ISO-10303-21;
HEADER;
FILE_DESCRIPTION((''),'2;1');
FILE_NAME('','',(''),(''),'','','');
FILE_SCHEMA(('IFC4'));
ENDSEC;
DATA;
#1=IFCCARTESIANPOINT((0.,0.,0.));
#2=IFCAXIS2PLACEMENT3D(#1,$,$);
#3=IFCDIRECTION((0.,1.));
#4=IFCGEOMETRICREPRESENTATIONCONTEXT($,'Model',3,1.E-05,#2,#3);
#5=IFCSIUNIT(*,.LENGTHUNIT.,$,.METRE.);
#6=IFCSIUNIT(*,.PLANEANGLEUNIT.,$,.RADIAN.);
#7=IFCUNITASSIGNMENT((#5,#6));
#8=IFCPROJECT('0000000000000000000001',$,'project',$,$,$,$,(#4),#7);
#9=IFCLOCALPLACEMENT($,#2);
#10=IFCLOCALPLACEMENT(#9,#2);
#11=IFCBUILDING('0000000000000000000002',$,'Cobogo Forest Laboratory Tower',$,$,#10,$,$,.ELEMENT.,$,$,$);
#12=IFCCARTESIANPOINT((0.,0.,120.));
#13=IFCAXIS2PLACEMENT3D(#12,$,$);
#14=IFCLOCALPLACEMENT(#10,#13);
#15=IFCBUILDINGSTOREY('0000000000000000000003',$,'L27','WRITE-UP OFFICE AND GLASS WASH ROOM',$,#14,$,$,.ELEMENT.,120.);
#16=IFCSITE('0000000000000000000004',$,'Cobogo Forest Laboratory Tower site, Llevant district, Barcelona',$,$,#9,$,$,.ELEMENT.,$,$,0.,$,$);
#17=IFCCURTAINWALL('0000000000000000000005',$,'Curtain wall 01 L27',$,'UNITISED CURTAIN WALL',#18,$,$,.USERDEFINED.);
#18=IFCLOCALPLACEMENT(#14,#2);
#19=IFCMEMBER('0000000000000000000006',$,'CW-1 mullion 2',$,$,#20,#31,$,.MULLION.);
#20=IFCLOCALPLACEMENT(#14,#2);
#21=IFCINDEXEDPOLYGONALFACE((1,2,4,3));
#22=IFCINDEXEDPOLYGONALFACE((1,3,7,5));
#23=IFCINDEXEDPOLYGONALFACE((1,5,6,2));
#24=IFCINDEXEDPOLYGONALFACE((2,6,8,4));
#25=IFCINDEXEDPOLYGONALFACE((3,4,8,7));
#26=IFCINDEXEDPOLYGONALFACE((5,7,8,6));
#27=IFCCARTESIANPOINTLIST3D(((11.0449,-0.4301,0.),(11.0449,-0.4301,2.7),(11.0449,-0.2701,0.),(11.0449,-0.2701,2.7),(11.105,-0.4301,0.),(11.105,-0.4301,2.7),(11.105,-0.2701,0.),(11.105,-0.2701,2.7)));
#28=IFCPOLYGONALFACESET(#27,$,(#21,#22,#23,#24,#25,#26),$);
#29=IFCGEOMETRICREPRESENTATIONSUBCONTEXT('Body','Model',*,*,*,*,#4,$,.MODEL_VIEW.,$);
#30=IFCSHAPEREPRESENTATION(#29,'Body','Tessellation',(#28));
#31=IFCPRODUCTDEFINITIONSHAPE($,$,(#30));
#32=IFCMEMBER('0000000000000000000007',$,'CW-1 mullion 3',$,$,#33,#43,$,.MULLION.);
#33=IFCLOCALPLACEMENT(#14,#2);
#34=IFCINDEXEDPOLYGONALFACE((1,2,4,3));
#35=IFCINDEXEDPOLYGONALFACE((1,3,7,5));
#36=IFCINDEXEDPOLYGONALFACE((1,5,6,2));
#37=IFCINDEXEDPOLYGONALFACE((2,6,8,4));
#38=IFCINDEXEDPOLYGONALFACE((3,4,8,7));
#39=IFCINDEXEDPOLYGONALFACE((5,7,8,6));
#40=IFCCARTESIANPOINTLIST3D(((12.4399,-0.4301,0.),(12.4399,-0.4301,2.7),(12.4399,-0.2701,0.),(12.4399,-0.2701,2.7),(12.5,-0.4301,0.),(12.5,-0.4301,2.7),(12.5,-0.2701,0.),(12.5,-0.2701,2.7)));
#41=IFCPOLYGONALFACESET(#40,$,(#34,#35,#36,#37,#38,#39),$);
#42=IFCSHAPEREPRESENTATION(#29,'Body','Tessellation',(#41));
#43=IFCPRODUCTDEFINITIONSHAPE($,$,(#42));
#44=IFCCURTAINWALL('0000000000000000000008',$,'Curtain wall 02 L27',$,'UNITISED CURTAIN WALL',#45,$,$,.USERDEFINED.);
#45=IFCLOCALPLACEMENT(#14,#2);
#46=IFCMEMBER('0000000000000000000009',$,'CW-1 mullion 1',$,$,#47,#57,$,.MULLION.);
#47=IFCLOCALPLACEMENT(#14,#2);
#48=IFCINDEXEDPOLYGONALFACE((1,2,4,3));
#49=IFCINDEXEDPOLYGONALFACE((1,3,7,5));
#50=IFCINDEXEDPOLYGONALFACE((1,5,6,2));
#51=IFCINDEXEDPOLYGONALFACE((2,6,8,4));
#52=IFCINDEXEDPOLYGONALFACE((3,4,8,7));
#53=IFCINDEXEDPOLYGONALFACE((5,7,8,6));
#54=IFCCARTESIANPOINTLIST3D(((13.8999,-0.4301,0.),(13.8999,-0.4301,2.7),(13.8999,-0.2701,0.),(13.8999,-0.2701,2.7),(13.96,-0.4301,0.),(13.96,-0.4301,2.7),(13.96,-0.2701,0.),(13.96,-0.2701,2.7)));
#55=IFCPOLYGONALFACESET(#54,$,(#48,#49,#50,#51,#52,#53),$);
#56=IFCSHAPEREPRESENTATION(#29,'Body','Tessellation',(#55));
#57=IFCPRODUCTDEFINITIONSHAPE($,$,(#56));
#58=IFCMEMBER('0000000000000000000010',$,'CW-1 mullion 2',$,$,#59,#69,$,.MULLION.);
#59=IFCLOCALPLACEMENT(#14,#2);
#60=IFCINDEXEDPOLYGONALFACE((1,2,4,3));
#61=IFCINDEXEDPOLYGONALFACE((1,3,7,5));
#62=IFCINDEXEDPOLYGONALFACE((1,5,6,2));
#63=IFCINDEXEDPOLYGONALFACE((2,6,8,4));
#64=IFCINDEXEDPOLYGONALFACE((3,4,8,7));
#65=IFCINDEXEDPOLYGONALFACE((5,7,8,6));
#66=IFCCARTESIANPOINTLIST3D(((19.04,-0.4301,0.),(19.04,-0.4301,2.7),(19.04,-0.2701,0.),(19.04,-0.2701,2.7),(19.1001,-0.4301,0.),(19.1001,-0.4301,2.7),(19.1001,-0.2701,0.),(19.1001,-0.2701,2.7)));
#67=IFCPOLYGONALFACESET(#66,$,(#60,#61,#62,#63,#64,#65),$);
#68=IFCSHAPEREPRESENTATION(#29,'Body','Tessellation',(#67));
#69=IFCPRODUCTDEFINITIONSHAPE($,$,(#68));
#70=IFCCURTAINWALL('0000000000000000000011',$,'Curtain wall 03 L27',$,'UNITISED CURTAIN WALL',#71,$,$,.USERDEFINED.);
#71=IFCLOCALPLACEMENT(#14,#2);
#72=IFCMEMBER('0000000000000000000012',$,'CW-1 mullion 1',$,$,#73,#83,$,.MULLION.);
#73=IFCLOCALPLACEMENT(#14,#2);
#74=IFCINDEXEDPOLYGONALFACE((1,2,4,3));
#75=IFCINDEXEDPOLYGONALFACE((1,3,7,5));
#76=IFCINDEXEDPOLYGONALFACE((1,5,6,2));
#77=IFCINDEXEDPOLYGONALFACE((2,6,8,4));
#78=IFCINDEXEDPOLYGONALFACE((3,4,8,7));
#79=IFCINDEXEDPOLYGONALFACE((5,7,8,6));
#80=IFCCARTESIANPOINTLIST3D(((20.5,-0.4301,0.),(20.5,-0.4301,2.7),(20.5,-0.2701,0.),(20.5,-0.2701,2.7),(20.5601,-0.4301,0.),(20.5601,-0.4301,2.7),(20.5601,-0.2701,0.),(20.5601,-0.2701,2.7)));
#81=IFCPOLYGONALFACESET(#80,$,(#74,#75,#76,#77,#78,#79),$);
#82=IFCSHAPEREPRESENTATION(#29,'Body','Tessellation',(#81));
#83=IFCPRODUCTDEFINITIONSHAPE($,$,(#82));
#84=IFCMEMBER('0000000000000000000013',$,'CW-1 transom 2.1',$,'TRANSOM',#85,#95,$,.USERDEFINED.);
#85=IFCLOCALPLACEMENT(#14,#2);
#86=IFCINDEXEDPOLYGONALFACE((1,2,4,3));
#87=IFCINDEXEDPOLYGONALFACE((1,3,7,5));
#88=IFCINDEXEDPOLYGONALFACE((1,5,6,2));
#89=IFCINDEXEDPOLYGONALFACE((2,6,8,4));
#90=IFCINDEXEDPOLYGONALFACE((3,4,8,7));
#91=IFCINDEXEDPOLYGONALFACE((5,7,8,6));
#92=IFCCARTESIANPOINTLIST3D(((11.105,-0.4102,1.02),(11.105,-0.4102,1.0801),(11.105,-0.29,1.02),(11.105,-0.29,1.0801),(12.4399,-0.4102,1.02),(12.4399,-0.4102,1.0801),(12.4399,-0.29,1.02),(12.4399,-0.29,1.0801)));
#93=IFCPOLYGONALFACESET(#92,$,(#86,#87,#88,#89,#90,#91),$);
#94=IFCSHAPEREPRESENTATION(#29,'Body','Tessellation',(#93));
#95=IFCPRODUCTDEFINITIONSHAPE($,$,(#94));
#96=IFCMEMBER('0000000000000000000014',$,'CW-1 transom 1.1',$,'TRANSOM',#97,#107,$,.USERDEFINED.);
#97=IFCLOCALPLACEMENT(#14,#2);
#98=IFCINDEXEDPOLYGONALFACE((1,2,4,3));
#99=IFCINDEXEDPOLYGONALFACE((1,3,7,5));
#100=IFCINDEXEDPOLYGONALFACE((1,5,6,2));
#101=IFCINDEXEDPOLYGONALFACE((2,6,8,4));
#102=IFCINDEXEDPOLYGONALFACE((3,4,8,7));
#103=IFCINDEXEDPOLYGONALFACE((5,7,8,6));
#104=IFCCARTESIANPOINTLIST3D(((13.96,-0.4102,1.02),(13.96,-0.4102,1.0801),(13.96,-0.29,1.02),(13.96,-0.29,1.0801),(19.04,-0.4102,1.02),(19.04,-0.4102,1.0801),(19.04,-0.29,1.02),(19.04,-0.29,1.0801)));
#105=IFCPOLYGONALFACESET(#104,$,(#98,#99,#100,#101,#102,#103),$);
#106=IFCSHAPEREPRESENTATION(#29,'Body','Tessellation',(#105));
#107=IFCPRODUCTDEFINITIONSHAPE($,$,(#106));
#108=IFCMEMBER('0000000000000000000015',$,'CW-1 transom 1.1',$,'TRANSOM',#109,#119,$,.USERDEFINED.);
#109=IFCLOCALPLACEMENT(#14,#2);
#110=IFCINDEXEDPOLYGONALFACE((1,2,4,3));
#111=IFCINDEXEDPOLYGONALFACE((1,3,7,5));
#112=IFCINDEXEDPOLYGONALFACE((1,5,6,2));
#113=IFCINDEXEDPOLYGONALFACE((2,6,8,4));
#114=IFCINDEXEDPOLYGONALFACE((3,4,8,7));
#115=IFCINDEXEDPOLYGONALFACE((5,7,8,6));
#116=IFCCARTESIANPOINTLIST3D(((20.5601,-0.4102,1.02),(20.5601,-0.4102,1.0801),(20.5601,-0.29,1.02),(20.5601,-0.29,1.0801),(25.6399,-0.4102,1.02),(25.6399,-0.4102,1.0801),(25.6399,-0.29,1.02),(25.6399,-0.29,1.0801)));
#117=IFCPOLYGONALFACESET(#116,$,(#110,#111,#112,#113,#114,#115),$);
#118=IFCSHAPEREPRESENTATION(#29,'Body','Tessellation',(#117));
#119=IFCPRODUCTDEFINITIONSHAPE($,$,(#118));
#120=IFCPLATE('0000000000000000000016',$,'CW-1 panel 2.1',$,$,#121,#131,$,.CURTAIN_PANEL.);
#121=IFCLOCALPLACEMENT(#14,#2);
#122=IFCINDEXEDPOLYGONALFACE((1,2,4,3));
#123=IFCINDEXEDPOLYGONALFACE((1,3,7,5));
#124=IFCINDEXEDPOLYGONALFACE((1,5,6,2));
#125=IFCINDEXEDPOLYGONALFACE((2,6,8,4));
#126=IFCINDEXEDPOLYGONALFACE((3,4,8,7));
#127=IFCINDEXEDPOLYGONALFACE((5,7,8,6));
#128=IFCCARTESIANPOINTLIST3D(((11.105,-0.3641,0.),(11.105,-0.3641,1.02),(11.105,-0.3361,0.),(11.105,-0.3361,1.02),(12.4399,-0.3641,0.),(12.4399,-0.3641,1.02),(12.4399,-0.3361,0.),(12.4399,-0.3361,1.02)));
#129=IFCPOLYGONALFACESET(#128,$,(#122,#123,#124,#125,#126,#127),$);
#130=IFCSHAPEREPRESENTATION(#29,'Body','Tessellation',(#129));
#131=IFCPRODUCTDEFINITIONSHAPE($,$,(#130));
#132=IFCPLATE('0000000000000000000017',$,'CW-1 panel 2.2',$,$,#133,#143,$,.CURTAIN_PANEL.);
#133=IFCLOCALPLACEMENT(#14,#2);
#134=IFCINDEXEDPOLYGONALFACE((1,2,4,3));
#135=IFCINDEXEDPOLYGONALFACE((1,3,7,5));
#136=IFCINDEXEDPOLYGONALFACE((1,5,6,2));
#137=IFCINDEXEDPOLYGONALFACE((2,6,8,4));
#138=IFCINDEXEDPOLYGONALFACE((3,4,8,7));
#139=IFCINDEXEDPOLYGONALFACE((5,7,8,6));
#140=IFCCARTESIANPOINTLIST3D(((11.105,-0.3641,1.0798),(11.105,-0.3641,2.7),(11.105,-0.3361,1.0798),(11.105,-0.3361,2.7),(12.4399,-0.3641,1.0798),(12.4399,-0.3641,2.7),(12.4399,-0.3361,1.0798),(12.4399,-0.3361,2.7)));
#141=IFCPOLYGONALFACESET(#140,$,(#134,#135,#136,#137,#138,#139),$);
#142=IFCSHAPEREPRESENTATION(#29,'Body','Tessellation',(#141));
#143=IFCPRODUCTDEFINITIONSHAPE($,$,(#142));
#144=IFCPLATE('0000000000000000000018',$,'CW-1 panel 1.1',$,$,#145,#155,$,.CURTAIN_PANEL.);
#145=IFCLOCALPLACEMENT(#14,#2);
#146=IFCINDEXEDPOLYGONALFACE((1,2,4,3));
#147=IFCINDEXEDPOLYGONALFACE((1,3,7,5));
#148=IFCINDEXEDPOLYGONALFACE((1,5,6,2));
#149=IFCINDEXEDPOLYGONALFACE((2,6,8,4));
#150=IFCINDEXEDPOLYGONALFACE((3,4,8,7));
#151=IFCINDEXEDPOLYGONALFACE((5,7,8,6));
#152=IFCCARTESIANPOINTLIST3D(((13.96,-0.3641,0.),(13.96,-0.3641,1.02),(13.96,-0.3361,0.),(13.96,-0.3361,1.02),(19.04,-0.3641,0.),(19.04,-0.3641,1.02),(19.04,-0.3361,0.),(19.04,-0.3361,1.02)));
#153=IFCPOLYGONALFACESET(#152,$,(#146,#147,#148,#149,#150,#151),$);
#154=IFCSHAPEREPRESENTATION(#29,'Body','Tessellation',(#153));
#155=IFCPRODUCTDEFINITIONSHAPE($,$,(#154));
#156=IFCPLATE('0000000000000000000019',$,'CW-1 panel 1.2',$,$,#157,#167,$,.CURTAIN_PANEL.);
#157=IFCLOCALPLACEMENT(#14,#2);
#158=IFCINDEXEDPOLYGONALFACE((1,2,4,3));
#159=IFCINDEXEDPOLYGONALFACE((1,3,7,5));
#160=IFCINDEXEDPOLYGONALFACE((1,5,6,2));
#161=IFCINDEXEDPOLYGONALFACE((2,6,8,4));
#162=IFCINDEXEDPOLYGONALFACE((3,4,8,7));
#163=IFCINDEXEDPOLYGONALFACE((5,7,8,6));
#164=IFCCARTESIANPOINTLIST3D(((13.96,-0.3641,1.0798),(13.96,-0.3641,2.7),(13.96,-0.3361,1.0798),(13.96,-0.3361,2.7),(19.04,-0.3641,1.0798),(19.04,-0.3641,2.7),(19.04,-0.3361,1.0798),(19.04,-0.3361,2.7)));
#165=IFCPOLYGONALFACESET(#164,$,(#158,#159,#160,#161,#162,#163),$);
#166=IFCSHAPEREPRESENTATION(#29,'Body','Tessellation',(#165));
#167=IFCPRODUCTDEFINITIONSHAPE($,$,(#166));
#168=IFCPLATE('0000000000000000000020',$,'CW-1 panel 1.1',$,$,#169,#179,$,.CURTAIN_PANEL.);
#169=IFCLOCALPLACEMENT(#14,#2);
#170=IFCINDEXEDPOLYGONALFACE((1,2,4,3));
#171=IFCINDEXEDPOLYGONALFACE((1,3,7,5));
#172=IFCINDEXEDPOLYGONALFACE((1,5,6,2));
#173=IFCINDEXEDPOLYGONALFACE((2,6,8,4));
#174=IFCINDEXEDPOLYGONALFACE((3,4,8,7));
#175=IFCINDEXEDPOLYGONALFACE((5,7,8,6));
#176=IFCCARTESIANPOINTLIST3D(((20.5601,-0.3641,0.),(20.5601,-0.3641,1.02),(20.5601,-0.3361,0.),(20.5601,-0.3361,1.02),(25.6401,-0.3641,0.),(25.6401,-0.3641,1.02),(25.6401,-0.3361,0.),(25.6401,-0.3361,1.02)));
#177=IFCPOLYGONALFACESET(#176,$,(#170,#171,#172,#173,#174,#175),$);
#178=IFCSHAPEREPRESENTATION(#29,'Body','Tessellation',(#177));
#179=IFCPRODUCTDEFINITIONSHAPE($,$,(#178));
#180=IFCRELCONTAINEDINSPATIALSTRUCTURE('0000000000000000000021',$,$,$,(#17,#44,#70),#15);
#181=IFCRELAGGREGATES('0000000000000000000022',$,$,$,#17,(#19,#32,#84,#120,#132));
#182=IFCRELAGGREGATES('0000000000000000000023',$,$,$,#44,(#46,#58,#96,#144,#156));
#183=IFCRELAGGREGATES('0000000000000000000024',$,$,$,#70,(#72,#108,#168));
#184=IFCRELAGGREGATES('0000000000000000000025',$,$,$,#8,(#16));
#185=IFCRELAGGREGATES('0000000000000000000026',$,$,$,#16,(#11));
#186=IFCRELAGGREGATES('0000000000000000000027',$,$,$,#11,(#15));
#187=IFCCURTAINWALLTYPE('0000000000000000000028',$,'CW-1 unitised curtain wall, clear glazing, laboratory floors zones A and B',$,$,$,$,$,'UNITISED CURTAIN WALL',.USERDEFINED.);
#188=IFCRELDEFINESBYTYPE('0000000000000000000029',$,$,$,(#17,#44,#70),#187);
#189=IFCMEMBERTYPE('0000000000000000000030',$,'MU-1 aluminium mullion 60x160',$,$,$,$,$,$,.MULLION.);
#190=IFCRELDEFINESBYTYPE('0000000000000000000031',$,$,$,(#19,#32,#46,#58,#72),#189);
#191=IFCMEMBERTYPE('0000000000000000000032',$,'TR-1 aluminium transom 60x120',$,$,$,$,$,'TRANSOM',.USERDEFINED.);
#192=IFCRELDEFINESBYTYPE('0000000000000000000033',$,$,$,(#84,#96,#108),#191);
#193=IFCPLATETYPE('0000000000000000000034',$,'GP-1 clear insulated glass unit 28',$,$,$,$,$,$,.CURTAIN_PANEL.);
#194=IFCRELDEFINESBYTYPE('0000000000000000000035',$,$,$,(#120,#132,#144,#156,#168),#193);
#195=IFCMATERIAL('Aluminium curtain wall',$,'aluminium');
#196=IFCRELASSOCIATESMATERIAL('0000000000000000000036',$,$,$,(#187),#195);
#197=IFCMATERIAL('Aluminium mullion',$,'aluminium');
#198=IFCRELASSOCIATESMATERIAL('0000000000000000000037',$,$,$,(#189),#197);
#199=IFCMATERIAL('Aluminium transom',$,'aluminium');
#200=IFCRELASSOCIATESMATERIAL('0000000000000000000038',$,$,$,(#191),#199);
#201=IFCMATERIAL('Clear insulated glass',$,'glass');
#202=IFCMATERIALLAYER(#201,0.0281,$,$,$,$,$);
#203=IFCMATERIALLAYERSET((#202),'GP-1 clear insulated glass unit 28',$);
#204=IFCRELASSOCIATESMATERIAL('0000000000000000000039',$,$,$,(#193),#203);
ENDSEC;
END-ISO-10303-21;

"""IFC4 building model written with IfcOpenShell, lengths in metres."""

from ifc_helpers import new_model, si_unit, direction, frame, origin, origin_2d, place, context, subcontext, project, spatial, rectangle, extrude, material, layer, layer_set, material_profile, profile_set, type_object, element, aggregate, save


model = new_model("IFC4")

# Units and contexts
model_context = context("Model", 3, precision=1e-05, world=origin(), true_north=direction((0.0, 1.0)))
body_context = subcontext(model_context, "Body", "Model", "MODEL_VIEW")
ifc_project = project(units=[si_unit("LENGTHUNIT", "METRE"), si_unit("PLANEANGLEUNIT", "RADIAN")], contexts=[model_context])

# Site, building, storey
site_placement = place(None, origin())
site = spatial("IfcSite", under=ifc_project, at=site_placement, Name="Cobogo Forest Laboratory Tower site, Llevant district, Barcelona", CompositionType="ELEMENT", RefElevation=0.0)
building_placement = place(site_placement, origin())
building = spatial("IfcBuilding", under=site, at=building_placement, Name="Cobogo Forest Laboratory Tower", CompositionType="ELEMENT")
storey_placement = place(building_placement, frame((0.0, 0.0, 120.0)))
storey = spatial("IfcBuildingStorey", under=building, at=storey_placement, Name="L27", Description="WRITE-UP OFFICE AND GLASS WASH ROOM", CompositionType="ELEMENT", Elevation=120.0)

# Curtain walls, members
ifc_material_1 = material(Name="Aluminium curtain wall", Category="aluminium")
curtain_wall_type = type_object("IfcCurtainWallType", Name="CW-1 unitised curtain wall, clear glazing, laboratory floors zones A and B", ElementType="UNITISED CURTAIN WALL", PredefinedType="USERDEFINED", material=ifc_material_1)
curtain_wall_1_placement = place(storey_placement, origin())
curtain_wall_1 = element("IfcCurtainWall", 1, at=curtain_wall_1_placement, inside=storey, type_object=curtain_wall_type, Name="Curtain wall 01 L27", ObjectType="UNITISED CURTAIN WALL", PredefinedType="USERDEFINED")
ifc_material_2 = material(Name="Aluminium mullion", Category="aluminium")
ifc_material_profile_1 = material_profile(ifc_material_2, rectangle(XDim=0.0601, YDim=0.1599, at=origin_2d()), Name="AL 60x160")
ifc_profile_set_1 = profile_set([ifc_material_profile_1], Name="Aluminium mullion")
member_type_1 = type_object("IfcMemberType", Name="MU-1 aluminium mullion 60x160", PredefinedType="MULLION", material=ifc_profile_set_1)
member_1_placement = place(storey_placement, frame((11.075, -0.3501, 0.0), z_axis=(0.0, 0.0, 1.0), x_axis=(1.0, 0.0, 0.0)))
member_1 = element("IfcMember", 2, at=member_1_placement, type_object=member_type_1, Name="CW-1 mullion 2", PredefinedType="MULLION", context=body_context, shape_type="SweptSolid", body=[
    extrude(rectangle(XDim=0.0601, YDim=0.1599, at=origin_2d()), origin(), (0.0, 0.0, 1.0), 2.7),
])
member_2_placement = place(storey_placement, frame((12.47, -0.3501, 0.0), z_axis=(0.0, 0.0, 1.0), x_axis=(1.0, 0.0, 0.0)))
member_2 = element("IfcMember", 3, at=member_2_placement, type_object=member_type_1, Name="CW-1 mullion 3", PredefinedType="MULLION", context=body_context, shape_type="SweptSolid", body=[
    extrude(rectangle(XDim=0.0601, YDim=0.1599, at=origin_2d()), origin(), (0.0, 0.0, 1.0), 2.7),
])
curtain_wall_2_placement = place(storey_placement, origin())
curtain_wall_2 = element("IfcCurtainWall", 4, at=curtain_wall_2_placement, inside=storey, type_object=curtain_wall_type, Name="Curtain wall 02 L27", ObjectType="UNITISED CURTAIN WALL", PredefinedType="USERDEFINED")
member_3_placement = place(storey_placement, frame((13.9299, -0.3501, 0.0), z_axis=(0.0, 0.0, 1.0), x_axis=(1.0, 0.0, 0.0)))
member_3 = element("IfcMember", 5, at=member_3_placement, type_object=member_type_1, Name="CW-1 mullion 1", PredefinedType="MULLION", context=body_context, shape_type="SweptSolid", body=[
    extrude(rectangle(XDim=0.0601, YDim=0.1599, at=origin_2d()), origin(), (0.0, 0.0, 1.0), 2.7),
])
member_4_placement = place(storey_placement, frame((19.0701, -0.3501, 0.0), z_axis=(0.0, 0.0, 1.0), x_axis=(1.0, 0.0, 0.0)))
member_4 = element("IfcMember", 6, at=member_4_placement, type_object=member_type_1, Name="CW-1 mullion 2", PredefinedType="MULLION", context=body_context, shape_type="SweptSolid", body=[
    extrude(rectangle(XDim=0.0601, YDim=0.1599, at=origin_2d()), origin(), (0.0, 0.0, 1.0), 2.7),
])

# Curtain wall, member
curtain_wall_3_placement = place(storey_placement, origin())
curtain_wall_3 = element("IfcCurtainWall", 7, at=curtain_wall_3_placement, inside=storey, type_object=curtain_wall_type, Name="Curtain wall 03 L27", ObjectType="UNITISED CURTAIN WALL", PredefinedType="USERDEFINED")
member_5_placement = place(storey_placement, frame((20.53, -0.3501, 0.0), z_axis=(0.0, 0.0, 1.0), x_axis=(1.0, 0.0, 0.0)))
member_5 = element("IfcMember", 8, at=member_5_placement, type_object=member_type_1, Name="CW-1 mullion 1", PredefinedType="MULLION", context=body_context, shape_type="SweptSolid", body=[
    extrude(rectangle(XDim=0.0601, YDim=0.1599, at=origin_2d()), origin(), (0.0, 0.0, 1.0), 2.7),
])

# Members
ifc_material_3 = material(Name="Aluminium transom", Category="aluminium")
ifc_material_profile_2 = material_profile(ifc_material_3, rectangle(XDim=0.1201, YDim=0.0601, at=origin_2d()), Name="AL 60x120")
ifc_profile_set_2 = profile_set([ifc_material_profile_2], Name="Aluminium transom")
member_type_2 = type_object("IfcMemberType", Name="TR-1 aluminium transom 60x120", ElementType="TRANSOM", PredefinedType="USERDEFINED", material=ifc_profile_set_2)
member_6_placement = place(storey_placement, frame((11.105, -0.3501, 1.05), z_axis=(1.0, 0.0, 0.0), x_axis=(0.0, 1.0, 0.0)))
member_6 = element("IfcMember", 9, at=member_6_placement, type_object=member_type_2, Name="CW-1 transom 2.1", ObjectType="TRANSOM", PredefinedType="USERDEFINED", context=body_context, shape_type="SweptSolid", body=[
    extrude(rectangle(XDim=0.1201, YDim=0.0601, at=origin_2d()), origin(), (0.0, 0.0, 1.0), 1.335),
])
member_7_placement = place(storey_placement, frame((13.96, -0.3501, 1.05), z_axis=(1.0, 0.0, 0.0), x_axis=(0.0, 1.0, 0.0)))
member_7 = element("IfcMember", 10, at=member_7_placement, type_object=member_type_2, Name="CW-1 transom 1.1", ObjectType="TRANSOM", PredefinedType="USERDEFINED", context=body_context, shape_type="SweptSolid", body=[
    extrude(rectangle(XDim=0.1201, YDim=0.0601, at=origin_2d()), origin(), (0.0, 0.0, 1.0), 5.0801),
])
member_8_placement = place(storey_placement, frame((20.5601, -0.3501, 1.05), z_axis=(1.0, 0.0, 0.0), x_axis=(0.0, 1.0, 0.0)))
member_8 = element("IfcMember", 11, at=member_8_placement, type_object=member_type_2, Name="CW-1 transom 1.1", ObjectType="TRANSOM", PredefinedType="USERDEFINED", context=body_context, shape_type="SweptSolid", body=[
    extrude(rectangle(XDim=0.1201, YDim=0.0601, at=origin_2d()), origin(), (0.0, 0.0, 1.0), 5.0798),
])

# Plates
ifc_material_4 = material(Name="Clear insulated glass", Category="glass")
ifc_layer = layer(ifc_material_4, 0.0281)
ifc_layer_set = layer_set([ifc_layer], Name="GP-1 clear insulated glass unit 28")
plate_type_1 = type_object("IfcPlateType", Name="GP-1 clear insulated glass unit 28", PredefinedType="CURTAIN_PANEL", material=ifc_layer_set)
plate_1_placement = place(storey_placement, frame((11.7725, -0.3501, 0.0), z_axis=(0.0, 0.0, 1.0), x_axis=(1.0, 0.0, 0.0)))
plate_1 = element("IfcPlate", 12, at=plate_1_placement, type_object=plate_type_1, Name="CW-1 panel 2.1", PredefinedType="CURTAIN_PANEL", context=body_context, shape_type="SweptSolid", body=[
    extrude(rectangle(XDim=1.335, YDim=0.0281, at=origin_2d()), origin(), (0.0, 0.0, 1.0), 1.02),
])
plate_2_placement = place(storey_placement, frame((11.7725, -0.3501, 1.0798), z_axis=(0.0, 0.0, 1.0), x_axis=(1.0, 0.0, 0.0)))
plate_2 = element("IfcPlate", 13, at=plate_2_placement, type_object=plate_type_1, Name="CW-1 panel 2.2", PredefinedType="CURTAIN_PANEL", context=body_context, shape_type="SweptSolid", body=[
    extrude(rectangle(XDim=1.335, YDim=0.0281, at=origin_2d()), origin(), (0.0, 0.0, 1.0), 1.6201),
])
aggregate(curtain_wall_1, [member_1, member_2, member_6, plate_1, plate_2])
plate_3_placement = place(storey_placement, frame((16.5, -0.3501, 0.0), z_axis=(0.0, 0.0, 1.0), x_axis=(1.0, 0.0, 0.0)))
plate_3 = element("IfcPlate", 14, at=plate_3_placement, type_object=plate_type_1, Name="CW-1 panel 1.1", PredefinedType="CURTAIN_PANEL", context=body_context, shape_type="SweptSolid", body=[
    extrude(rectangle(XDim=5.0801, YDim=0.0281, at=origin_2d()), origin(), (0.0, 0.0, 1.0), 1.02),
])
plate_4_placement = place(storey_placement, frame((16.5, -0.3501, 1.0798), z_axis=(0.0, 0.0, 1.0), x_axis=(1.0, 0.0, 0.0)))
plate_4 = element("IfcPlate", 15, at=plate_4_placement, type_object=plate_type_1, Name="CW-1 panel 1.2", PredefinedType="CURTAIN_PANEL", context=body_context, shape_type="SweptSolid", body=[
    extrude(rectangle(XDim=5.0801, YDim=0.0281, at=origin_2d()), origin(), (0.0, 0.0, 1.0), 1.6201),
])
aggregate(curtain_wall_2, [member_3, member_4, member_7, plate_3, plate_4])
plate_5_placement = place(storey_placement, frame((23.1001, -0.3501, 0.0), z_axis=(0.0, 0.0, 1.0), x_axis=(1.0, 0.0, 0.0)))
plate_5 = element("IfcPlate", 16, at=plate_5_placement, type_object=plate_type_1, Name="CW-1 panel 1.1", PredefinedType="CURTAIN_PANEL", context=body_context, shape_type="SweptSolid", body=[
    extrude(rectangle(XDim=5.0801, YDim=0.0281, at=origin_2d()), origin(), (0.0, 0.0, 1.0), 1.02),
])
aggregate(curtain_wall_3, [member_5, member_8, plate_5])

save(model, "model.ifc")
